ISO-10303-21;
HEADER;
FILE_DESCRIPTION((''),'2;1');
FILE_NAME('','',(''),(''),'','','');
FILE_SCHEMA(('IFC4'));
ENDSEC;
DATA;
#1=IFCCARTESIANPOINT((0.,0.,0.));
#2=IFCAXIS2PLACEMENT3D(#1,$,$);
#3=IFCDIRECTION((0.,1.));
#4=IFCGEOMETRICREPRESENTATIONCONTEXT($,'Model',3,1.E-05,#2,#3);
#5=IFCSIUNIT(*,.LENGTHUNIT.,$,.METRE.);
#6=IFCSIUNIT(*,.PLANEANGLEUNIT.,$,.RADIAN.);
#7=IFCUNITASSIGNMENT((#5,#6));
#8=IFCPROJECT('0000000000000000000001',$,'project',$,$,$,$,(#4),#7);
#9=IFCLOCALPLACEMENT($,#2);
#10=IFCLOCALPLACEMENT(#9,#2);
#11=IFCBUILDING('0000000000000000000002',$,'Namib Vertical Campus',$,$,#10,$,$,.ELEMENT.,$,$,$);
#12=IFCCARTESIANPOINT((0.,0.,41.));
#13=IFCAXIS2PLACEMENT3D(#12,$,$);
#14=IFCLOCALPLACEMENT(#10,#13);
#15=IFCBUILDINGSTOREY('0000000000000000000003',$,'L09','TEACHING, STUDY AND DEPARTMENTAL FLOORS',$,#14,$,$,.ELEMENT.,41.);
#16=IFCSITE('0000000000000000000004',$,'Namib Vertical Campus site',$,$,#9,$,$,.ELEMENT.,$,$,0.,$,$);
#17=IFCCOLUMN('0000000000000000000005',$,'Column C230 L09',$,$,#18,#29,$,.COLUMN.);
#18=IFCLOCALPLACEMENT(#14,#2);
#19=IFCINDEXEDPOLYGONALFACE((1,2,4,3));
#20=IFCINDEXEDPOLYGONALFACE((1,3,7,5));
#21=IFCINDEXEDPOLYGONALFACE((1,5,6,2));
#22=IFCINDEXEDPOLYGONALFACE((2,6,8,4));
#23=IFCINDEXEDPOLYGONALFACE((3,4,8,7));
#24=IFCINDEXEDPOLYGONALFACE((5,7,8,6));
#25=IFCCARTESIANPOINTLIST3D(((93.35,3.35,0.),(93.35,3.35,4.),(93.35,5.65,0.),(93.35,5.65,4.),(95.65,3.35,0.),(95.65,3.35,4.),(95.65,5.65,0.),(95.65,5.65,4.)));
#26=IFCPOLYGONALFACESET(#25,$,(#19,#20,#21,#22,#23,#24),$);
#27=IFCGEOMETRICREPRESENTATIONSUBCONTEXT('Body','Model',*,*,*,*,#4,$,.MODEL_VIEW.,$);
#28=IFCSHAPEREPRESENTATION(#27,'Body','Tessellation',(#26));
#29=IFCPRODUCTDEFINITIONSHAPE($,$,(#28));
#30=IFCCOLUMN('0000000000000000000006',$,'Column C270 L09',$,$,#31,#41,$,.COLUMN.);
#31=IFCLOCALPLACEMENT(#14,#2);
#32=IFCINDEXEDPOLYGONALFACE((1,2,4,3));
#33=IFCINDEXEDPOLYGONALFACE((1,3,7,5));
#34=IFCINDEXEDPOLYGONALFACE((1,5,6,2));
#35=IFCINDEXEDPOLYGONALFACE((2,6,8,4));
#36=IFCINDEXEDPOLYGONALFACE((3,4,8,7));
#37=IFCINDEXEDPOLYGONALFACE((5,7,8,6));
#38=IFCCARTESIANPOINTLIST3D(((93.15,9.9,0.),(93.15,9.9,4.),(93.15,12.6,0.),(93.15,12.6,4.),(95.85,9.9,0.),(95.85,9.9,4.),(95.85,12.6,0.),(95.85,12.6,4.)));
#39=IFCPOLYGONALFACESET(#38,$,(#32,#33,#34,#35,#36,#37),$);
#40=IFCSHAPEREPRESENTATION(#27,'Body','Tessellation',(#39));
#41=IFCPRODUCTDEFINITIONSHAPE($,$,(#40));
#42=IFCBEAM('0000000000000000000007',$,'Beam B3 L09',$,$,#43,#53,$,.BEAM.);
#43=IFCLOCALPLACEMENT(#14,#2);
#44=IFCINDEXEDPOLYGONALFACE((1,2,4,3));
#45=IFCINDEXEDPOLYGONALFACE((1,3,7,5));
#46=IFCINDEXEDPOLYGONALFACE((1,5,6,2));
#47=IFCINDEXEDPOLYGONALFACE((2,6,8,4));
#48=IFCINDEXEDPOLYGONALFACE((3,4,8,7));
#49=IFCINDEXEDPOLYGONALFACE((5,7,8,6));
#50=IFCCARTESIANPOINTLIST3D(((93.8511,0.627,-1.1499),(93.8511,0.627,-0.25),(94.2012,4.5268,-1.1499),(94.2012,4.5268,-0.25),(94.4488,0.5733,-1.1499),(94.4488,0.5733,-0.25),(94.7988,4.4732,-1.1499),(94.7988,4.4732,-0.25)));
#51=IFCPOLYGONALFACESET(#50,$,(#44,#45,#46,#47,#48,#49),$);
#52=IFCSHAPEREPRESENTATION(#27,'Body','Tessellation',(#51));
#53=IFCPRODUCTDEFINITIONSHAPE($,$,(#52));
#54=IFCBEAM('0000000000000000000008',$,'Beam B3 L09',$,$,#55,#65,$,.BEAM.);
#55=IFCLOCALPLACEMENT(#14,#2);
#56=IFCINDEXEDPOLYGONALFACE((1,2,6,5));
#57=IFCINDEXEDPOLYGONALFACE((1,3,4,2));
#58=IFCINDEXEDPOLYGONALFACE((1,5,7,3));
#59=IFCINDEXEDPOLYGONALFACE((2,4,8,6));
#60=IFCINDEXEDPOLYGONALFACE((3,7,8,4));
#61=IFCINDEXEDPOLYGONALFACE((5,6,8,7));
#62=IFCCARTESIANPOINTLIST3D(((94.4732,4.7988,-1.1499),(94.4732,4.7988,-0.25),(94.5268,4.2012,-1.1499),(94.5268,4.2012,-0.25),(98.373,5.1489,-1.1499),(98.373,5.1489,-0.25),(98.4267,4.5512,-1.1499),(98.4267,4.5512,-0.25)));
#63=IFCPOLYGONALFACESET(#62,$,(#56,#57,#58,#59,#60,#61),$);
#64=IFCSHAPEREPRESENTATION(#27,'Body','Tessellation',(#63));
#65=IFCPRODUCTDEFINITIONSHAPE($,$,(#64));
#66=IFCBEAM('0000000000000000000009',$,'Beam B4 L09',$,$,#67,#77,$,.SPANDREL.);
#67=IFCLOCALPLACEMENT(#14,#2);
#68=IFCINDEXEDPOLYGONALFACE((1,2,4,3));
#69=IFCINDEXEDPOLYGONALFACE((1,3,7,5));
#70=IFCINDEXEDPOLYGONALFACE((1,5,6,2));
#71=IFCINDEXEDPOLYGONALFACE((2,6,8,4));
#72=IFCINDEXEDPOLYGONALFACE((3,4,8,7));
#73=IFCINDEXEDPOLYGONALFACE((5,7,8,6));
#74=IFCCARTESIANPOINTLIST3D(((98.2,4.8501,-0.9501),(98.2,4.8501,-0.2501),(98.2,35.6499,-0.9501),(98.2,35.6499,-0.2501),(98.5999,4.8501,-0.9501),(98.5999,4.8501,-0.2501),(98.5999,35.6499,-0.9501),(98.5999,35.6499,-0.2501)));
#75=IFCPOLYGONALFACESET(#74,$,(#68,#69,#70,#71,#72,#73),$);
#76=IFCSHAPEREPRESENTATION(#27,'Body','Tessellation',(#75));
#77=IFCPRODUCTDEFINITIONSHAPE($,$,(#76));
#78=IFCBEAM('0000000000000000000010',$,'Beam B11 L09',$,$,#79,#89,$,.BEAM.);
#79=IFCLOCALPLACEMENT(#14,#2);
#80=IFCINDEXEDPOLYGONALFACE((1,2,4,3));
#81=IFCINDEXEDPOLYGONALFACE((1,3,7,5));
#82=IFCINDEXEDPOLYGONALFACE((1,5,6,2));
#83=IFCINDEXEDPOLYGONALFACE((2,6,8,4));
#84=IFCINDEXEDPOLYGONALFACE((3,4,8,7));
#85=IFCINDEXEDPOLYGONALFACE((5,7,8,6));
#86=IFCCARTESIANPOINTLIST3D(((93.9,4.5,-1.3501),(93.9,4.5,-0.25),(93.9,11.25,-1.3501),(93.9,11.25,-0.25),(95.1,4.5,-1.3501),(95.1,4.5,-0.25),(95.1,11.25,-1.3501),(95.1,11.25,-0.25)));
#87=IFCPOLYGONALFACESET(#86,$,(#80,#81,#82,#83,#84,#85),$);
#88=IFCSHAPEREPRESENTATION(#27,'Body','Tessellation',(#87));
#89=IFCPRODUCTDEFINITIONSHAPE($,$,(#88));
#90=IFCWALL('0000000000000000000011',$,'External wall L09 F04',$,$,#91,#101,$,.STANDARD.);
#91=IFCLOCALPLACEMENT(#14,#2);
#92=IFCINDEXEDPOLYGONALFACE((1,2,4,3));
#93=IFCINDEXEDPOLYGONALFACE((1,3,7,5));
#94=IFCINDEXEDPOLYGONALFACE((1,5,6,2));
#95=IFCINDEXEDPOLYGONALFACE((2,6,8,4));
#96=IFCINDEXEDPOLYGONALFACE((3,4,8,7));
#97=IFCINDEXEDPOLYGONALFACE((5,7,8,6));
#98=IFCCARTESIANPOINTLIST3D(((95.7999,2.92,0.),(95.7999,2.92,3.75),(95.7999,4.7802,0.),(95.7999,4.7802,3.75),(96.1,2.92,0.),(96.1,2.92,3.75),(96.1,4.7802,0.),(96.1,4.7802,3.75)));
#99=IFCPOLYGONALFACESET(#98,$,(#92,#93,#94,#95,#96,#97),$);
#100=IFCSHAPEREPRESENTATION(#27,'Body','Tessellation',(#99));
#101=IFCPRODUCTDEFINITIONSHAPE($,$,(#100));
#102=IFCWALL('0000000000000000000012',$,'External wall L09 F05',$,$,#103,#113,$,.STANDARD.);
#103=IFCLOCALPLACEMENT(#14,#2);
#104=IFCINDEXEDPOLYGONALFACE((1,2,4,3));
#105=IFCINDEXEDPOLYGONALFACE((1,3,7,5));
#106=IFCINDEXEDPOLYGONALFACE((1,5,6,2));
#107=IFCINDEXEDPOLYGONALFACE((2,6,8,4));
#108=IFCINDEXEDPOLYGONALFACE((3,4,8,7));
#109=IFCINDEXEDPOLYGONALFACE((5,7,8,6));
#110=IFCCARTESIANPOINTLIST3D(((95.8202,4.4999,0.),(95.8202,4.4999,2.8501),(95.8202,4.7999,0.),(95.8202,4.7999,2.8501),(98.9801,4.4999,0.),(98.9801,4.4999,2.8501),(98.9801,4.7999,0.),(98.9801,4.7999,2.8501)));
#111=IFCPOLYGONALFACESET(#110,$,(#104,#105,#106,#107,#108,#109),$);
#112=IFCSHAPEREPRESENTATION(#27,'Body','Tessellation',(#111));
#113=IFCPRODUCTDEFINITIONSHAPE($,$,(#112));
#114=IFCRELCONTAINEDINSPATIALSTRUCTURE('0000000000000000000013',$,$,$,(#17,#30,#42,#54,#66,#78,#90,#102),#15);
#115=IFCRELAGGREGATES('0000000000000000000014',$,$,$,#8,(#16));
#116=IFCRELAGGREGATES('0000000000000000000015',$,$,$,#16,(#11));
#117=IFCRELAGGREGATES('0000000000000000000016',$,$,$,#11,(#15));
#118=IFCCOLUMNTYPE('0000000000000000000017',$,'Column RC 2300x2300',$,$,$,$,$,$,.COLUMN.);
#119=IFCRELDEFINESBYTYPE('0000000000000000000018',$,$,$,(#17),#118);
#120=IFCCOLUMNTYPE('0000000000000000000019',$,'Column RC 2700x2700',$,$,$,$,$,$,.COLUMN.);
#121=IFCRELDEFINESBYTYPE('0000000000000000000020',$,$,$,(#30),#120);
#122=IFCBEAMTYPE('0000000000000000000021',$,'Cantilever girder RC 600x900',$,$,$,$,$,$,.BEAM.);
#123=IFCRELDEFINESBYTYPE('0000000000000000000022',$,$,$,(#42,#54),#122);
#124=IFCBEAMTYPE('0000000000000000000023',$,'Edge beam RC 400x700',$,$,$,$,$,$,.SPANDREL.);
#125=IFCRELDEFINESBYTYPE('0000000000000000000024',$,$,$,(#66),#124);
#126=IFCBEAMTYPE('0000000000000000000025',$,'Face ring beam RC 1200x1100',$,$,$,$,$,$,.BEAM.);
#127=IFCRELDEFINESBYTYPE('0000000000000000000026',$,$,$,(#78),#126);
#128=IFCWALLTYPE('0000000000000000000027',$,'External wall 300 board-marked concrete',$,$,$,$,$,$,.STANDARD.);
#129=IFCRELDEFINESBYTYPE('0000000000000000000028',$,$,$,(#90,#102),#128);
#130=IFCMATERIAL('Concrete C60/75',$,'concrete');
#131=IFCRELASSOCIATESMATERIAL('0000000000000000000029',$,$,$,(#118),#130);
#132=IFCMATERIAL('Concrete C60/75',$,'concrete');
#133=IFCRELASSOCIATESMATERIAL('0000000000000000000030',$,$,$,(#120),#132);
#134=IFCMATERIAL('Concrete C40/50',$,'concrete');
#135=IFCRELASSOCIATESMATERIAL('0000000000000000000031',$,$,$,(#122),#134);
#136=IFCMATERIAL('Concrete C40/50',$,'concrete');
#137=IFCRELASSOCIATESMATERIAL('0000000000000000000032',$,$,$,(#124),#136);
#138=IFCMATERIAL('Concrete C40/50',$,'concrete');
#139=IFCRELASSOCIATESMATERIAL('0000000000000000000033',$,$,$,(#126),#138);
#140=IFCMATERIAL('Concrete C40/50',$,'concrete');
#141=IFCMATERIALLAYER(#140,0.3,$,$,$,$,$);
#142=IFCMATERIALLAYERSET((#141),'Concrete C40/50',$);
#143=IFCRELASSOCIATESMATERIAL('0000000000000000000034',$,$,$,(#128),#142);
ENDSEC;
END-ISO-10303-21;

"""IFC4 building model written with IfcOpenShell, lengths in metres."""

from ifc_helpers import new_model, si_unit, direction, frame, frame_2d, origin, origin_2d, place, context, subcontext, project, spatial, rectangle, extrude, material, layer, layer_set, material_profile, profile_set, type_object, element, save


model = new_model("IFC4")

# Units and contexts
model_context = context("Model", 3, precision=1e-05, world=origin(), true_north=direction((0.0, 1.0)))
body_context = subcontext(model_context, "Body", "Model", "MODEL_VIEW")
ifc_project = project(units=[si_unit("LENGTHUNIT", "METRE"), si_unit("PLANEANGLEUNIT", "RADIAN")], contexts=[model_context])

# Site, building, storey
site_placement = place(None, origin())
site = spatial("IfcSite", under=ifc_project, at=site_placement, Name="Namib Vertical Campus site", CompositionType="ELEMENT", RefElevation=0.0)
building_placement = place(site_placement, origin())
building = spatial("IfcBuilding", under=site, at=building_placement, Name="Namib Vertical Campus", CompositionType="ELEMENT")
storey_placement = place(building_placement, frame((0.0, 0.0, 41.0)))
storey = spatial("IfcBuildingStorey", under=building, at=storey_placement, Name="L09", Description="TEACHING, STUDY AND DEPARTMENTAL FLOORS", CompositionType="ELEMENT", Elevation=41.0)

# Columns
ifc_material_1 = material(Name="Concrete C60/75", Category="concrete")
ifc_material_profile_1 = material_profile(ifc_material_1, rectangle(XDim=2.3, YDim=2.3, at=origin_2d()))
ifc_profile_set_1 = profile_set([ifc_material_profile_1], Name="Concrete C60/75")
column_type_1 = type_object("IfcColumnType", Name="Column RC 2300x2300", PredefinedType="COLUMN", material=ifc_profile_set_1)
column_1_placement = place(storey_placement, frame((94.5, 4.5, 0.0), z_axis=(0.0, 0.0, 1.0), x_axis=(1.0, 0.0, 0.0)))
element("IfcColumn", 1, at=column_1_placement, inside=storey, type_object=column_type_1, Name="Column C230 L09", PredefinedType="COLUMN", context=body_context, shape_type="SweptSolid", body=[
    extrude(rectangle(XDim=2.3, YDim=2.3, at=origin_2d()), origin(), (0.0, 0.0, 1.0), 4.0),
])
ifc_material_2 = material(Name="Concrete C60/75", Category="concrete")
ifc_material_profile_2 = material_profile(ifc_material_2, rectangle(XDim=2.7, YDim=2.7, at=origin_2d()))
ifc_profile_set_2 = profile_set([ifc_material_profile_2], Name="Concrete C60/75")
column_type_2 = type_object("IfcColumnType", Name="Column RC 2700x2700", PredefinedType="COLUMN", material=ifc_profile_set_2)
column_2_placement = place(storey_placement, frame((94.5, 11.25, 0.0), z_axis=(0.0, 0.0, 1.0), x_axis=(1.0, 0.0, 0.0)))
element("IfcColumn", 2, at=column_2_placement, inside=storey, type_object=column_type_2, Name="Column C270 L09", PredefinedType="COLUMN", context=body_context, shape_type="SweptSolid", body=[
    extrude(rectangle(XDim=2.7, YDim=2.7, at=origin_2d()), origin(), (0.0, 0.0, 1.0), 4.0),
])

# Beams
ifc_material_3 = material(Name="Concrete C40/50", Category="concrete")
ifc_material_profile_3 = material_profile(ifc_material_3, rectangle(XDim=0.6001, YDim=0.8999, at=origin_2d()))
ifc_profile_set_3 = profile_set([ifc_material_profile_3], Name="Concrete C40/50")
beam_type_1 = type_object("IfcBeamType", Name="Cantilever girder RC 600x900", PredefinedType="BEAM", material=ifc_profile_set_3)
for number, where, z_axis, x_axis, name in (
    (3, (94.5, 4.5, -0.7), (-0.089411, -0.995995, 0.0), (0.995995, -0.089411, 0.0), "Beam B3 L09"),
    (4, (94.5, 4.5, -0.7), (0.995995, 0.089411, 0.0), (-0.089411, 0.995995, 0.0), "Beam B3 L09"),
):
    element("IfcBeam", number, at=place(storey_placement, frame(where, z_axis=z_axis, x_axis=x_axis)), inside=storey, type_object=beam_type_1, Name=name, PredefinedType="BEAM", context=body_context, shape_type="SweptSolid", body=[
        extrude(rectangle(XDim=0.6001, YDim=0.8999, at=origin_2d()), origin(), (0.0, 0.0, 1.0), 3.9155),
    ])
ifc_material_4 = material(Name="Concrete C40/50", Category="concrete")
ifc_material_profile_4 = material_profile(ifc_material_4, rectangle(XDim=0.3999, YDim=0.7, at=origin_2d()))
ifc_profile_set_4 = profile_set([ifc_material_profile_4], Name="Concrete C40/50")
beam_type_2 = type_object("IfcBeamType", Name="Edge beam RC 400x700", PredefinedType="SPANDREL", material=ifc_profile_set_4)
beam_1_placement = place(storey_placement, frame((98.3999, 4.8501, -0.6001), z_axis=(0.0, 1.0, 0.0), x_axis=(-1.0, 0.0, 0.0)))
element("IfcBeam", 5, at=beam_1_placement, inside=storey, type_object=beam_type_2, Name="Beam B4 L09", PredefinedType="SPANDREL", context=body_context, shape_type="SweptSolid", body=[
    extrude(rectangle(XDim=0.3999, YDim=0.7, at=origin_2d()), origin(), (0.0, 0.0, 1.0), 30.7998),
])
ifc_material_5 = material(Name="Concrete C40/50", Category="concrete")
ifc_material_profile_5 = material_profile(ifc_material_5, rectangle(XDim=1.2, YDim=1.1001, at=origin_2d()))
ifc_profile_set_5 = profile_set([ifc_material_profile_5], Name="Concrete C40/50")
beam_type_3 = type_object("IfcBeamType", Name="Face ring beam RC 1200x1100", PredefinedType="BEAM", material=ifc_profile_set_5)
beam_2_placement = place(storey_placement, frame((94.5, 4.5, -0.8), z_axis=(0.0, 1.0, 0.0), x_axis=(-1.0, 0.0, 0.0)))
element("IfcBeam", 6, at=beam_2_placement, inside=storey, type_object=beam_type_3, Name="Beam B11 L09", PredefinedType="BEAM", context=body_context, shape_type="SweptSolid", body=[
    extrude(rectangle(XDim=1.2, YDim=1.1001, at=origin_2d()), origin(), (0.0, 0.0, 1.0), 6.75),
])

# Walls
ifc_material_6 = material(Name="Concrete C40/50", Category="concrete")
ifc_layer_1 = layer(ifc_material_6, 0.3)
ifc_layer_set_1 = layer_set([ifc_layer_1], Name="Concrete C40/50")
wall_type = type_object("IfcWallType", Name="External wall 300 board-marked concrete", PredefinedType="STANDARD", material=ifc_layer_set_1)
wall_1_placement = place(storey_placement, frame((95.95, 2.9199, 0.0), z_axis=(0.0, 0.0, 1.0), x_axis=(0.0, 1.0, 0.0)))
element("IfcWall", 7, at=wall_1_placement, inside=storey, type_object=wall_type, Name="External wall L09 F04", PredefinedType="STANDARD", context=body_context, shape_type="SweptSolid", body=[
    extrude(rectangle(XDim=1.8601, YDim=0.3, at=frame_2d((0.9302, 0.0))), origin(), (0.0, 0.0, 1.0), 3.75),
])
wall_2_placement = place(storey_placement, frame((95.8201, 4.6499, 0.0), z_axis=(0.0, 0.0, 1.0), x_axis=(1.0, 0.0, 0.0)))
element("IfcWall", 8, at=wall_2_placement, inside=storey, type_object=wall_type, Name="External wall L09 F05", PredefinedType="STANDARD", context=body_context, shape_type="SweptSolid", body=[
    extrude(rectangle(XDim=3.1599, YDim=0.3, at=frame_2d((1.5801, 0.0))), origin(), (0.0, 0.0, 1.0), 2.8501),
])

save(model, "model.ifc")
